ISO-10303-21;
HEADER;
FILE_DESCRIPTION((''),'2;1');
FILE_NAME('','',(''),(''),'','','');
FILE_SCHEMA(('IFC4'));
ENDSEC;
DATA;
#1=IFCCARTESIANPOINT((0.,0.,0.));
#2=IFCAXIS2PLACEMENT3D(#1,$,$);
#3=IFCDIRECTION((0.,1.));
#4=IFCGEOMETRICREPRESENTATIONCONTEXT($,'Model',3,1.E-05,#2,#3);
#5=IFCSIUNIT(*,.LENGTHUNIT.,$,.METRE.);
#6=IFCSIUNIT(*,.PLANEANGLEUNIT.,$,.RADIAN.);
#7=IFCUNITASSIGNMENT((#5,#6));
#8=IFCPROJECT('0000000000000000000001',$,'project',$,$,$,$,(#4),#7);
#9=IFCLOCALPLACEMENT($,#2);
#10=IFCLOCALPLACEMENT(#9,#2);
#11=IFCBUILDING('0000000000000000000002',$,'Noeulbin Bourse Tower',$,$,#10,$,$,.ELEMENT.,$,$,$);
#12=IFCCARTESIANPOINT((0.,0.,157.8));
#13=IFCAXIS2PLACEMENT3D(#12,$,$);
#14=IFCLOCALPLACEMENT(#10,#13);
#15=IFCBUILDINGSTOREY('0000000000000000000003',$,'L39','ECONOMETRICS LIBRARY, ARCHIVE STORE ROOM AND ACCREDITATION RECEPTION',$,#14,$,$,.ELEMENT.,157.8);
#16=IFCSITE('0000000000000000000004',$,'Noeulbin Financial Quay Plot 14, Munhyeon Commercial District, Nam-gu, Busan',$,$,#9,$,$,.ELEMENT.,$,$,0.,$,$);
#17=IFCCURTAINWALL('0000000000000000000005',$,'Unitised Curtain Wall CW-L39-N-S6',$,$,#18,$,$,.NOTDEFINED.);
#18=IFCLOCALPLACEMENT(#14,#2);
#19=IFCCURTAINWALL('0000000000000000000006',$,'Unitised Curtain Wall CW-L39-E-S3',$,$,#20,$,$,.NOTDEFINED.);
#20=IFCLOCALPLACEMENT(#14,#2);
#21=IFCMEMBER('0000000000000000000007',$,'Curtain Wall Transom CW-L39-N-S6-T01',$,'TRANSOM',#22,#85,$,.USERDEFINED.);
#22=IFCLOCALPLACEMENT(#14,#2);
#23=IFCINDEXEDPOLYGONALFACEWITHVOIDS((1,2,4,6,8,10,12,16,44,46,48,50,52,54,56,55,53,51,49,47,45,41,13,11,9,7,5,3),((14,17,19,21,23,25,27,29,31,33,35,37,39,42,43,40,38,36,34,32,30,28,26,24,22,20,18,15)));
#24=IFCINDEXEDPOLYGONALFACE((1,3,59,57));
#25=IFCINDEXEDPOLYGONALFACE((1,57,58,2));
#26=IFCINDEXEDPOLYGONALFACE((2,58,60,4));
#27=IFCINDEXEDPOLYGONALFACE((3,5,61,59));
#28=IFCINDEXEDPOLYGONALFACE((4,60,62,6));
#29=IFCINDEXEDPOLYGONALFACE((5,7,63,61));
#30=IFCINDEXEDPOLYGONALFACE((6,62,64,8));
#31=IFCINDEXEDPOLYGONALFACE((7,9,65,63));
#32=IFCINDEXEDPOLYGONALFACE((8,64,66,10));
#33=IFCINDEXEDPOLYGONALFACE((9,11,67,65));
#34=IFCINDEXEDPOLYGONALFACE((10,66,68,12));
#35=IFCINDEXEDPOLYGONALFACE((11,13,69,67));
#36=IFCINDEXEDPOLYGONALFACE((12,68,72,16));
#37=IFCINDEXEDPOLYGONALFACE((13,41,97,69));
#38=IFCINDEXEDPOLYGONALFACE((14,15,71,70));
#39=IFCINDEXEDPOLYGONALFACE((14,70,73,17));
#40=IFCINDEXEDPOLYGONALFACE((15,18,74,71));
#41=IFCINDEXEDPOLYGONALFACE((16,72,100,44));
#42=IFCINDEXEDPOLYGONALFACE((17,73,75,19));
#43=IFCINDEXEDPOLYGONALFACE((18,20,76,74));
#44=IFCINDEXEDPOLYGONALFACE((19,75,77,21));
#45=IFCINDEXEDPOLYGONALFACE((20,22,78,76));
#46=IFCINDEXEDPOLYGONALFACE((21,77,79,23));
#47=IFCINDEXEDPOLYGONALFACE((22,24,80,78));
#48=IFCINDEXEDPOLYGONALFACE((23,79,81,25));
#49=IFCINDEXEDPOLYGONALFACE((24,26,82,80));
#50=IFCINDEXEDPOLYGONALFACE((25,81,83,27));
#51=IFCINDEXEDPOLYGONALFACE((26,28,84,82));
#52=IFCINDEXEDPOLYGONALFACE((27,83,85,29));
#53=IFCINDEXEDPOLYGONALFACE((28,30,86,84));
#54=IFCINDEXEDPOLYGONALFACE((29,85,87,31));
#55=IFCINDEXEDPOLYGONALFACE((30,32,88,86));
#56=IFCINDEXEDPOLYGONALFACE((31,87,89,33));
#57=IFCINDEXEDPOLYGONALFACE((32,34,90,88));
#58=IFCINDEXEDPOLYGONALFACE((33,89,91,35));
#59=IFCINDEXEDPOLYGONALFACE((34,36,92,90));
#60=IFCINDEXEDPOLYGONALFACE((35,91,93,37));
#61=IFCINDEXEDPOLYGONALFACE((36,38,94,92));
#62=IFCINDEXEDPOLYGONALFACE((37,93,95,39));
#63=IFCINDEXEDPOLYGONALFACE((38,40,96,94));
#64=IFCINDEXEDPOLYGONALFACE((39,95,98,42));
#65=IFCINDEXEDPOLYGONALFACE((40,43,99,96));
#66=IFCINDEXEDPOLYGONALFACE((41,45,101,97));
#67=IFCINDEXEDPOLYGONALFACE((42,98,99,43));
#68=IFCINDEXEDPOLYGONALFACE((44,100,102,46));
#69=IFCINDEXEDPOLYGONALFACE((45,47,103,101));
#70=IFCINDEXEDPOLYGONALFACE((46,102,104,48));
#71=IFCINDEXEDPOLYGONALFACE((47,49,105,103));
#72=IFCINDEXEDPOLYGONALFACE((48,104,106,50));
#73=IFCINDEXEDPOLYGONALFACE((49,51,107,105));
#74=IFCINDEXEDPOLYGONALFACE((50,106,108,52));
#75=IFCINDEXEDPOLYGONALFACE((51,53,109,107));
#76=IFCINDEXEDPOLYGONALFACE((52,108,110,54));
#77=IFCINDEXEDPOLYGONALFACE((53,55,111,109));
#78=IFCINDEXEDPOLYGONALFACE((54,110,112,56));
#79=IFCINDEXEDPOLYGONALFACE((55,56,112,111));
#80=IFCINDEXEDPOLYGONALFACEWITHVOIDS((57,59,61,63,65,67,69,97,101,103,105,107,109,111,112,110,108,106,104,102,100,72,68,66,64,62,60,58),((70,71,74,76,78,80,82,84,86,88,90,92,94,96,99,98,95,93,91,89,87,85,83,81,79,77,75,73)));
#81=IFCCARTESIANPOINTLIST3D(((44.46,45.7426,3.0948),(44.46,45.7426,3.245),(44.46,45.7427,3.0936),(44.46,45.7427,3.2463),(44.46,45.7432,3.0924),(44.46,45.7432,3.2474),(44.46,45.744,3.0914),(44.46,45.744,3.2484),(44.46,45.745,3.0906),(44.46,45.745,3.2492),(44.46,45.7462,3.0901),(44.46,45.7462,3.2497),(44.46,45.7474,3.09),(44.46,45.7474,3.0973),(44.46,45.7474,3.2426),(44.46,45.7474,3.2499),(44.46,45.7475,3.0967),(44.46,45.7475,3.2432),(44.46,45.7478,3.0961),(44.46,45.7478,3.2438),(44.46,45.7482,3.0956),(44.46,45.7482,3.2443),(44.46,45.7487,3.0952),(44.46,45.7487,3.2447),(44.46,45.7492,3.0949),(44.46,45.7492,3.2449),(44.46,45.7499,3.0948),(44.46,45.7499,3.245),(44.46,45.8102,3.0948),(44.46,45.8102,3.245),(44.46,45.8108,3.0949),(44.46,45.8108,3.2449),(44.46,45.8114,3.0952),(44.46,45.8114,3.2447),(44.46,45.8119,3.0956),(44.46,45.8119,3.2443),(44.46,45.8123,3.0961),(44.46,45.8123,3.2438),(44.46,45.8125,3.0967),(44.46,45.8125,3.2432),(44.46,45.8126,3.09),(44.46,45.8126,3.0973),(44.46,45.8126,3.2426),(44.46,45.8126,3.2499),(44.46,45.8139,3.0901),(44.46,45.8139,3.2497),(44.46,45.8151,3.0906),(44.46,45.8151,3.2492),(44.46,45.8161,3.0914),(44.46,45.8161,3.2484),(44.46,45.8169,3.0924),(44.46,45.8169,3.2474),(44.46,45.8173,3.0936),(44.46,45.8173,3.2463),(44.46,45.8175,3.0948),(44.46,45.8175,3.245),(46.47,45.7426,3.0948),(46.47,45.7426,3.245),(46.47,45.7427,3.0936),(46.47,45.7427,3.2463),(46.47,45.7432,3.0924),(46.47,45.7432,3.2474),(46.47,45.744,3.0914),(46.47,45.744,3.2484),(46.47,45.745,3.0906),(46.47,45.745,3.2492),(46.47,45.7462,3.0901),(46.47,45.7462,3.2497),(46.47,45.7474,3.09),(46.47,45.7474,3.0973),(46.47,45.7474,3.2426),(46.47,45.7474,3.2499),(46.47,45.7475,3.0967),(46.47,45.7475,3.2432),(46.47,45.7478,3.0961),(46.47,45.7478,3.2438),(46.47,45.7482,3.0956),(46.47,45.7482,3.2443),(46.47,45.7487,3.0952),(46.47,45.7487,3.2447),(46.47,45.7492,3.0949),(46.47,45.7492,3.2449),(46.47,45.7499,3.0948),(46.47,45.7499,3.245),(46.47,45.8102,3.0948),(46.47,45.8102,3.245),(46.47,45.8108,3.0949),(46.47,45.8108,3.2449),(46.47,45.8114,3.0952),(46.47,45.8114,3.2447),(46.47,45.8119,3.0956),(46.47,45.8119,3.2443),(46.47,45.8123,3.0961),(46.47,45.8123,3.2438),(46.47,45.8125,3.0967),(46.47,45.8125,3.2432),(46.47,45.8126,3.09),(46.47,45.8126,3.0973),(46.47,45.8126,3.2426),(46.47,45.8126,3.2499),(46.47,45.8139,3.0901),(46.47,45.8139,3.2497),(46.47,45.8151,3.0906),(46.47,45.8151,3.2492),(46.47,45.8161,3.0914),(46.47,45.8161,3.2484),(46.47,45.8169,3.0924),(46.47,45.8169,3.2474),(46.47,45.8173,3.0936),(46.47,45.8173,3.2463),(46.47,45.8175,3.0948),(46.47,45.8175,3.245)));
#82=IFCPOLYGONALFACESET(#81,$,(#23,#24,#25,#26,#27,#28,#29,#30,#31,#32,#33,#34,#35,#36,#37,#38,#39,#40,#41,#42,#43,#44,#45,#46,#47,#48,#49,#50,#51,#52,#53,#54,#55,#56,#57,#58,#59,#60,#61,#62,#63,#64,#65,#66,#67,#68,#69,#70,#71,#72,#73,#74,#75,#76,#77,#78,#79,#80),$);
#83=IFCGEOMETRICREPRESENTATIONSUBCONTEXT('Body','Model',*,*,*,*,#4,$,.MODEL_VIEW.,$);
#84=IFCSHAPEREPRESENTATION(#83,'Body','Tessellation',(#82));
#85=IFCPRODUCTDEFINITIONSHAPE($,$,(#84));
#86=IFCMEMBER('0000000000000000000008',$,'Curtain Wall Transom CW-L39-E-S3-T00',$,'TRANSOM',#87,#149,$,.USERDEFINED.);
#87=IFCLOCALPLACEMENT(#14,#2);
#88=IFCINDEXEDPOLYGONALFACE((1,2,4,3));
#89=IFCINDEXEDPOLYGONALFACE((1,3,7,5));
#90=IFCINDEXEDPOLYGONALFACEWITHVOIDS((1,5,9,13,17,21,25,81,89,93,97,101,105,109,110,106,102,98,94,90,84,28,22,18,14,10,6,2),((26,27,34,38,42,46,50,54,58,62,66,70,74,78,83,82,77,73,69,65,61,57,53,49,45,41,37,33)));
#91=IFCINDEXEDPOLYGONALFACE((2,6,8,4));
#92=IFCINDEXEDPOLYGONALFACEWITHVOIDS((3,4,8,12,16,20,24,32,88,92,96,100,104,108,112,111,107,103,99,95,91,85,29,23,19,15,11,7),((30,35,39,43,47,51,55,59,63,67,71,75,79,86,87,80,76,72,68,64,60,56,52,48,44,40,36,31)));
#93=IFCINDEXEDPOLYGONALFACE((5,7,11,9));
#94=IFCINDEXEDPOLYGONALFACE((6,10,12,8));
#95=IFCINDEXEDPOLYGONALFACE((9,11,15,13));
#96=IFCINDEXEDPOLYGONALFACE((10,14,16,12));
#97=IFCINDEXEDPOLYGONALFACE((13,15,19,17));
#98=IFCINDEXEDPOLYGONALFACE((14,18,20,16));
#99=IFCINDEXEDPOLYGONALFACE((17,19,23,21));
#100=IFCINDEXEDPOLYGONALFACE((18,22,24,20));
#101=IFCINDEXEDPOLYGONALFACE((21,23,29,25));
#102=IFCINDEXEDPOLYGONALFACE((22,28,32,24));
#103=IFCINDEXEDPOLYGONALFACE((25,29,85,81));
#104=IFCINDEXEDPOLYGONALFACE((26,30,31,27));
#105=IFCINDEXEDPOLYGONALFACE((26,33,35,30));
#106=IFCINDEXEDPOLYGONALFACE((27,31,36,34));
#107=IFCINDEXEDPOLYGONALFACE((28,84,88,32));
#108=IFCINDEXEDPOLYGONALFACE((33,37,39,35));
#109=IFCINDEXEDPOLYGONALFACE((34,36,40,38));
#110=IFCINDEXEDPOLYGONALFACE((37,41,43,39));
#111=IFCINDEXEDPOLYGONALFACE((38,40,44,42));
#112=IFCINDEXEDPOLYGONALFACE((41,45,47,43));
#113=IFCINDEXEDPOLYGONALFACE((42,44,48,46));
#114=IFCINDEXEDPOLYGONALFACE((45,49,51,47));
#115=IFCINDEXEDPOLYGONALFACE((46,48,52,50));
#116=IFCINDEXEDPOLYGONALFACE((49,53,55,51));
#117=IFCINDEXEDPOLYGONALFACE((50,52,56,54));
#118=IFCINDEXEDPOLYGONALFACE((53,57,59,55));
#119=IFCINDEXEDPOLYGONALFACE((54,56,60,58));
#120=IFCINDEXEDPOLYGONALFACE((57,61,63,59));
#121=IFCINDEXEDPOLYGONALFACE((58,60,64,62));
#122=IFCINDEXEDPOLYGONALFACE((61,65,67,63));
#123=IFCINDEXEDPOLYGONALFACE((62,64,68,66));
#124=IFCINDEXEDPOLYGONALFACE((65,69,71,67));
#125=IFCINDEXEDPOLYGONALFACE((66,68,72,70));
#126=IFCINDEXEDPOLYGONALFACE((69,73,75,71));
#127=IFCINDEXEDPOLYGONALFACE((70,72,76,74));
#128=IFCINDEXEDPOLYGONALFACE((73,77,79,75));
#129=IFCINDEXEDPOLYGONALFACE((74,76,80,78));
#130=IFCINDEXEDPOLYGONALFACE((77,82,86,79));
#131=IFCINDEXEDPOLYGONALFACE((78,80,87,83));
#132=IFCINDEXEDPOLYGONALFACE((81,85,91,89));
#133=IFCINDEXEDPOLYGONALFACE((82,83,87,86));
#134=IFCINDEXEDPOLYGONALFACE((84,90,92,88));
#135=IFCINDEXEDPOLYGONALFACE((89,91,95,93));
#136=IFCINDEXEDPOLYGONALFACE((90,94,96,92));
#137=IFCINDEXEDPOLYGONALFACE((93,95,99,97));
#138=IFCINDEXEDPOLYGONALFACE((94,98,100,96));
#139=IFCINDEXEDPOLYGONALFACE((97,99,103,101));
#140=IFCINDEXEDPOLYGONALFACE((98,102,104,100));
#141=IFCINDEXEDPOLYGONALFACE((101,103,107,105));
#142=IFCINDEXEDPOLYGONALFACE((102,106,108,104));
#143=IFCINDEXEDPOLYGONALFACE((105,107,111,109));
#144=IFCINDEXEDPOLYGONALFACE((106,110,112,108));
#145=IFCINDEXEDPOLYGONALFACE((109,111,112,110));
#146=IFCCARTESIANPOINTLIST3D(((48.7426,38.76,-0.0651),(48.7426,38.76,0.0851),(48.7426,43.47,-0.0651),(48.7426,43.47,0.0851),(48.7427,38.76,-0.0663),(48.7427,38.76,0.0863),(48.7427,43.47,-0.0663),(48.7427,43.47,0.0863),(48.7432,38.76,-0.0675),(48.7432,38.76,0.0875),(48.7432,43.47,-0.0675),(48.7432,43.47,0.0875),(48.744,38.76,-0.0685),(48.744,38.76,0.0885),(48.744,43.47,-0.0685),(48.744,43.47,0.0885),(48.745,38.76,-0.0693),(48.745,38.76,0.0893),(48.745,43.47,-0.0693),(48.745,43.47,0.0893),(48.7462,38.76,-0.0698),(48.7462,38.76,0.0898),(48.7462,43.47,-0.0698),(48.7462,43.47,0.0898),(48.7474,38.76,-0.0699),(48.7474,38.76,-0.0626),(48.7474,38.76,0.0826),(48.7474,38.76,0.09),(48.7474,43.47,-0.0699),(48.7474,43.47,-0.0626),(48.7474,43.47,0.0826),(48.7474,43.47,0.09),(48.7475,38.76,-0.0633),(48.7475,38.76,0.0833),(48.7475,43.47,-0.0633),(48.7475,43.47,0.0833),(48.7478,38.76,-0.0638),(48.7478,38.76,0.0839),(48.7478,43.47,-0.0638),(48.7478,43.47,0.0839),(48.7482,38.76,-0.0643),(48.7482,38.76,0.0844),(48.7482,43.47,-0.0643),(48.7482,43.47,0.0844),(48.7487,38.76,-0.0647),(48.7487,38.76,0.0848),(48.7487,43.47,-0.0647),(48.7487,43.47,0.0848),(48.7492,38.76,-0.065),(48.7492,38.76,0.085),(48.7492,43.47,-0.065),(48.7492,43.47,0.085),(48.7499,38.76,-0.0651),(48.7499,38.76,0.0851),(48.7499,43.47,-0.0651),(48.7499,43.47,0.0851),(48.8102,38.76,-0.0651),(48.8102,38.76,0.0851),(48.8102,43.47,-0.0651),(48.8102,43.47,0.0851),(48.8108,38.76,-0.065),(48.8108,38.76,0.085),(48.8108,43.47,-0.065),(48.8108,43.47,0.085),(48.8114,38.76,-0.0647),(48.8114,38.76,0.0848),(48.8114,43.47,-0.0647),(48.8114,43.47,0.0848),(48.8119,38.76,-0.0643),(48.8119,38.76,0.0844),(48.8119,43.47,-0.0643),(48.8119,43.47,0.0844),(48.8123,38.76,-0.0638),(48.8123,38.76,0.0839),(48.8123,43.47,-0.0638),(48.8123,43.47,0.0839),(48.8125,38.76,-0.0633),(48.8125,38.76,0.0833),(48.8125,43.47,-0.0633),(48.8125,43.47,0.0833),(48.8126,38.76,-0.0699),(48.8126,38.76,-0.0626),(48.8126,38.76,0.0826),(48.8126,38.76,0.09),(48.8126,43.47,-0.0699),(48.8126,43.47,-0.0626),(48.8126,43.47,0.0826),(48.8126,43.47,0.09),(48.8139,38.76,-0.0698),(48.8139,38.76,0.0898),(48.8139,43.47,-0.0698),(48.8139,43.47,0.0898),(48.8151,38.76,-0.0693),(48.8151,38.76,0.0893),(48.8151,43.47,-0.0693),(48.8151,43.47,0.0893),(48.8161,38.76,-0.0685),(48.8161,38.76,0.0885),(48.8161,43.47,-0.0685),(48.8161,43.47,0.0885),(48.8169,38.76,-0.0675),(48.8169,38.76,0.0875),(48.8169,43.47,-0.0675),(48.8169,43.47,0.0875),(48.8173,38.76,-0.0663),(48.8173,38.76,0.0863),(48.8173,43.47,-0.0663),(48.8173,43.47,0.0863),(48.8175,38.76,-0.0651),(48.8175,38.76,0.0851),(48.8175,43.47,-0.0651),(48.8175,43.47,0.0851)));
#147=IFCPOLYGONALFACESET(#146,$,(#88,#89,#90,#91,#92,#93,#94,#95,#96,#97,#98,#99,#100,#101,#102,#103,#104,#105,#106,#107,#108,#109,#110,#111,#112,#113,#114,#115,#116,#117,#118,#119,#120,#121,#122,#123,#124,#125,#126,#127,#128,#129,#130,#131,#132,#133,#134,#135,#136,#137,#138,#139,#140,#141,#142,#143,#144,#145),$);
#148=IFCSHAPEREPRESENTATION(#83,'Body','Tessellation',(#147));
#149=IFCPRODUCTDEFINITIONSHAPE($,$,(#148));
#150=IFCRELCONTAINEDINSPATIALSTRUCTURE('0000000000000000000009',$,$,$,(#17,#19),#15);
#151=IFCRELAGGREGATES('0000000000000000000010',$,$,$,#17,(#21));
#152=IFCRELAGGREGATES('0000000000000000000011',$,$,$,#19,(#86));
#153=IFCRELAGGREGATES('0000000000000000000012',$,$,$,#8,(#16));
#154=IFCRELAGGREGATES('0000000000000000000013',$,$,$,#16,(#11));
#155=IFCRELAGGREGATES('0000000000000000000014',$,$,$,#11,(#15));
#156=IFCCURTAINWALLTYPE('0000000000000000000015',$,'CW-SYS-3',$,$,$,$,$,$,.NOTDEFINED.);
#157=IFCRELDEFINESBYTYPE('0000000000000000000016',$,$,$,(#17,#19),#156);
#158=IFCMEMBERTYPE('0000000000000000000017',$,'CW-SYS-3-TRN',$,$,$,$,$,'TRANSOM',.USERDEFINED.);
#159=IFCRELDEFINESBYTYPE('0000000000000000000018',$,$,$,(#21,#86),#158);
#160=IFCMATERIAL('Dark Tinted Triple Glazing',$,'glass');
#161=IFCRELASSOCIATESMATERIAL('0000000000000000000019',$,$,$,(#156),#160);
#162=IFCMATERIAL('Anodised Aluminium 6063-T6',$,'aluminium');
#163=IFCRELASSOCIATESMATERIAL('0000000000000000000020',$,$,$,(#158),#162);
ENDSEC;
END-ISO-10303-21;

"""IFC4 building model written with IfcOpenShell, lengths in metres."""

from ifc_helpers import new_model, si_unit, direction, frame, origin, origin_2d, place, context, subcontext, project, spatial, hollow_rectangle, extrude, material, material_profile, profile_set, type_object, element, aggregate, save


model = new_model("IFC4")

# Units and contexts
model_context = context("Model", 3, precision=1e-05, world=origin(), true_north=direction((0.0, 1.0)))
body_context = subcontext(model_context, "Body", "Model", "MODEL_VIEW")
ifc_project = project(units=[si_unit("LENGTHUNIT", "METRE"), si_unit("PLANEANGLEUNIT", "RADIAN")], contexts=[model_context])

# Site, building, storey
site_placement = place(None, origin())
site = spatial("IfcSite", under=ifc_project, at=site_placement, Name="Noeulbin Financial Quay Plot 14, Munhyeon Commercial District, Nam-gu, Busan", CompositionType="ELEMENT", RefElevation=0.0)
building_placement = place(site_placement, origin())
building = spatial("IfcBuilding", under=site, at=building_placement, Name="Noeulbin Bourse Tower", CompositionType="ELEMENT")
storey_placement = place(building_placement, frame((0.0, 0.0, 157.8)))
storey = spatial("IfcBuildingStorey", under=building, at=storey_placement, Name="L39", Description="ECONOMETRICS LIBRARY, ARCHIVE STORE ROOM AND ACCREDITATION RECEPTION", CompositionType="ELEMENT", Elevation=157.8)

# Shared definitions
ifc_material_1 = material(Name="Dark Tinted Triple Glazing", Category="glass")
curtain_wall_type = type_object("IfcCurtainWallType", Name="CW-SYS-3", PredefinedType="NOTDEFINED", material=ifc_material_1)
ifc_material_2 = material(Name="Anodised Aluminium 6063-T6", Category="aluminium")

# Curtain walls
curtain_wall_1_placement = place(storey_placement, origin())
curtain_wall_1 = element("IfcCurtainWall", 1, at=curtain_wall_1_placement, inside=storey, type_object=curtain_wall_type, Name="Unitised Curtain Wall CW-L39-N-S6", PredefinedType="NOTDEFINED")
curtain_wall_2_placement = place(storey_placement, origin())
curtain_wall_2 = element("IfcCurtainWall", 2, at=curtain_wall_2_placement, inside=storey, type_object=curtain_wall_type, Name="Unitised Curtain Wall CW-L39-E-S3", PredefinedType="NOTDEFINED")

# Members
ifc_material_profile_1 = material_profile(ifc_material_2, hollow_rectangle(XDim=0.075, YDim=0.1599, WallThickness=0.0049, InnerFilletRadius=0.0024, OuterFilletRadius=0.0049, at=origin_2d()), Name="ALU-TRAN-75x160x5", Category="LoadBearing")
ifc_profile_set_1 = profile_set([ifc_material_profile_1], Name="Anodised Aluminium 6063-T6")
member_type_1 = type_object("IfcMemberType", Name="CW-SYS-3-TRN", ElementType="TRANSOM", PredefinedType="USERDEFINED", material=ifc_profile_set_1)
member_1_placement = place(storey_placement, frame((44.46, 45.78, 3.1699), z_axis=(1.0, 0.0, 0.0), x_axis=(0.0, 1.0, 0.0)))
member_1 = element("IfcMember", 3, at=member_1_placement, type_object=member_type_1, Name="Curtain Wall Transom CW-L39-N-S6-T01", ObjectType="TRANSOM", PredefinedType="USERDEFINED", context=body_context, shape_type="SweptSolid", body=[
    extrude(hollow_rectangle(XDim=0.075, YDim=0.1599, WallThickness=0.0049, InnerFilletRadius=0.0024, OuterFilletRadius=0.0049, at=origin_2d()), origin(), (0.0, 0.0, 1.0), 2.01),
])
member_2_placement = place(storey_placement, frame((48.78, 38.76, 0.01), z_axis=(0.0, 1.0, 0.0), x_axis=(-1.0, 0.0, 0.0)))
member_2 = element("IfcMember", 4, at=member_2_placement, type_object=member_type_1, Name="Curtain Wall Transom CW-L39-E-S3-T00", ObjectType="TRANSOM", PredefinedType="USERDEFINED", context=body_context, shape_type="SweptSolid", body=[
    extrude(hollow_rectangle(XDim=0.075, YDim=0.1599, WallThickness=0.0049, InnerFilletRadius=0.0024, OuterFilletRadius=0.0049, at=origin_2d()), origin(), (0.0, 0.0, 1.0), 4.71),
])

aggregate(curtain_wall_1, [member_1])
aggregate(curtain_wall_2, [member_2])

save(model, "model.ifc")
